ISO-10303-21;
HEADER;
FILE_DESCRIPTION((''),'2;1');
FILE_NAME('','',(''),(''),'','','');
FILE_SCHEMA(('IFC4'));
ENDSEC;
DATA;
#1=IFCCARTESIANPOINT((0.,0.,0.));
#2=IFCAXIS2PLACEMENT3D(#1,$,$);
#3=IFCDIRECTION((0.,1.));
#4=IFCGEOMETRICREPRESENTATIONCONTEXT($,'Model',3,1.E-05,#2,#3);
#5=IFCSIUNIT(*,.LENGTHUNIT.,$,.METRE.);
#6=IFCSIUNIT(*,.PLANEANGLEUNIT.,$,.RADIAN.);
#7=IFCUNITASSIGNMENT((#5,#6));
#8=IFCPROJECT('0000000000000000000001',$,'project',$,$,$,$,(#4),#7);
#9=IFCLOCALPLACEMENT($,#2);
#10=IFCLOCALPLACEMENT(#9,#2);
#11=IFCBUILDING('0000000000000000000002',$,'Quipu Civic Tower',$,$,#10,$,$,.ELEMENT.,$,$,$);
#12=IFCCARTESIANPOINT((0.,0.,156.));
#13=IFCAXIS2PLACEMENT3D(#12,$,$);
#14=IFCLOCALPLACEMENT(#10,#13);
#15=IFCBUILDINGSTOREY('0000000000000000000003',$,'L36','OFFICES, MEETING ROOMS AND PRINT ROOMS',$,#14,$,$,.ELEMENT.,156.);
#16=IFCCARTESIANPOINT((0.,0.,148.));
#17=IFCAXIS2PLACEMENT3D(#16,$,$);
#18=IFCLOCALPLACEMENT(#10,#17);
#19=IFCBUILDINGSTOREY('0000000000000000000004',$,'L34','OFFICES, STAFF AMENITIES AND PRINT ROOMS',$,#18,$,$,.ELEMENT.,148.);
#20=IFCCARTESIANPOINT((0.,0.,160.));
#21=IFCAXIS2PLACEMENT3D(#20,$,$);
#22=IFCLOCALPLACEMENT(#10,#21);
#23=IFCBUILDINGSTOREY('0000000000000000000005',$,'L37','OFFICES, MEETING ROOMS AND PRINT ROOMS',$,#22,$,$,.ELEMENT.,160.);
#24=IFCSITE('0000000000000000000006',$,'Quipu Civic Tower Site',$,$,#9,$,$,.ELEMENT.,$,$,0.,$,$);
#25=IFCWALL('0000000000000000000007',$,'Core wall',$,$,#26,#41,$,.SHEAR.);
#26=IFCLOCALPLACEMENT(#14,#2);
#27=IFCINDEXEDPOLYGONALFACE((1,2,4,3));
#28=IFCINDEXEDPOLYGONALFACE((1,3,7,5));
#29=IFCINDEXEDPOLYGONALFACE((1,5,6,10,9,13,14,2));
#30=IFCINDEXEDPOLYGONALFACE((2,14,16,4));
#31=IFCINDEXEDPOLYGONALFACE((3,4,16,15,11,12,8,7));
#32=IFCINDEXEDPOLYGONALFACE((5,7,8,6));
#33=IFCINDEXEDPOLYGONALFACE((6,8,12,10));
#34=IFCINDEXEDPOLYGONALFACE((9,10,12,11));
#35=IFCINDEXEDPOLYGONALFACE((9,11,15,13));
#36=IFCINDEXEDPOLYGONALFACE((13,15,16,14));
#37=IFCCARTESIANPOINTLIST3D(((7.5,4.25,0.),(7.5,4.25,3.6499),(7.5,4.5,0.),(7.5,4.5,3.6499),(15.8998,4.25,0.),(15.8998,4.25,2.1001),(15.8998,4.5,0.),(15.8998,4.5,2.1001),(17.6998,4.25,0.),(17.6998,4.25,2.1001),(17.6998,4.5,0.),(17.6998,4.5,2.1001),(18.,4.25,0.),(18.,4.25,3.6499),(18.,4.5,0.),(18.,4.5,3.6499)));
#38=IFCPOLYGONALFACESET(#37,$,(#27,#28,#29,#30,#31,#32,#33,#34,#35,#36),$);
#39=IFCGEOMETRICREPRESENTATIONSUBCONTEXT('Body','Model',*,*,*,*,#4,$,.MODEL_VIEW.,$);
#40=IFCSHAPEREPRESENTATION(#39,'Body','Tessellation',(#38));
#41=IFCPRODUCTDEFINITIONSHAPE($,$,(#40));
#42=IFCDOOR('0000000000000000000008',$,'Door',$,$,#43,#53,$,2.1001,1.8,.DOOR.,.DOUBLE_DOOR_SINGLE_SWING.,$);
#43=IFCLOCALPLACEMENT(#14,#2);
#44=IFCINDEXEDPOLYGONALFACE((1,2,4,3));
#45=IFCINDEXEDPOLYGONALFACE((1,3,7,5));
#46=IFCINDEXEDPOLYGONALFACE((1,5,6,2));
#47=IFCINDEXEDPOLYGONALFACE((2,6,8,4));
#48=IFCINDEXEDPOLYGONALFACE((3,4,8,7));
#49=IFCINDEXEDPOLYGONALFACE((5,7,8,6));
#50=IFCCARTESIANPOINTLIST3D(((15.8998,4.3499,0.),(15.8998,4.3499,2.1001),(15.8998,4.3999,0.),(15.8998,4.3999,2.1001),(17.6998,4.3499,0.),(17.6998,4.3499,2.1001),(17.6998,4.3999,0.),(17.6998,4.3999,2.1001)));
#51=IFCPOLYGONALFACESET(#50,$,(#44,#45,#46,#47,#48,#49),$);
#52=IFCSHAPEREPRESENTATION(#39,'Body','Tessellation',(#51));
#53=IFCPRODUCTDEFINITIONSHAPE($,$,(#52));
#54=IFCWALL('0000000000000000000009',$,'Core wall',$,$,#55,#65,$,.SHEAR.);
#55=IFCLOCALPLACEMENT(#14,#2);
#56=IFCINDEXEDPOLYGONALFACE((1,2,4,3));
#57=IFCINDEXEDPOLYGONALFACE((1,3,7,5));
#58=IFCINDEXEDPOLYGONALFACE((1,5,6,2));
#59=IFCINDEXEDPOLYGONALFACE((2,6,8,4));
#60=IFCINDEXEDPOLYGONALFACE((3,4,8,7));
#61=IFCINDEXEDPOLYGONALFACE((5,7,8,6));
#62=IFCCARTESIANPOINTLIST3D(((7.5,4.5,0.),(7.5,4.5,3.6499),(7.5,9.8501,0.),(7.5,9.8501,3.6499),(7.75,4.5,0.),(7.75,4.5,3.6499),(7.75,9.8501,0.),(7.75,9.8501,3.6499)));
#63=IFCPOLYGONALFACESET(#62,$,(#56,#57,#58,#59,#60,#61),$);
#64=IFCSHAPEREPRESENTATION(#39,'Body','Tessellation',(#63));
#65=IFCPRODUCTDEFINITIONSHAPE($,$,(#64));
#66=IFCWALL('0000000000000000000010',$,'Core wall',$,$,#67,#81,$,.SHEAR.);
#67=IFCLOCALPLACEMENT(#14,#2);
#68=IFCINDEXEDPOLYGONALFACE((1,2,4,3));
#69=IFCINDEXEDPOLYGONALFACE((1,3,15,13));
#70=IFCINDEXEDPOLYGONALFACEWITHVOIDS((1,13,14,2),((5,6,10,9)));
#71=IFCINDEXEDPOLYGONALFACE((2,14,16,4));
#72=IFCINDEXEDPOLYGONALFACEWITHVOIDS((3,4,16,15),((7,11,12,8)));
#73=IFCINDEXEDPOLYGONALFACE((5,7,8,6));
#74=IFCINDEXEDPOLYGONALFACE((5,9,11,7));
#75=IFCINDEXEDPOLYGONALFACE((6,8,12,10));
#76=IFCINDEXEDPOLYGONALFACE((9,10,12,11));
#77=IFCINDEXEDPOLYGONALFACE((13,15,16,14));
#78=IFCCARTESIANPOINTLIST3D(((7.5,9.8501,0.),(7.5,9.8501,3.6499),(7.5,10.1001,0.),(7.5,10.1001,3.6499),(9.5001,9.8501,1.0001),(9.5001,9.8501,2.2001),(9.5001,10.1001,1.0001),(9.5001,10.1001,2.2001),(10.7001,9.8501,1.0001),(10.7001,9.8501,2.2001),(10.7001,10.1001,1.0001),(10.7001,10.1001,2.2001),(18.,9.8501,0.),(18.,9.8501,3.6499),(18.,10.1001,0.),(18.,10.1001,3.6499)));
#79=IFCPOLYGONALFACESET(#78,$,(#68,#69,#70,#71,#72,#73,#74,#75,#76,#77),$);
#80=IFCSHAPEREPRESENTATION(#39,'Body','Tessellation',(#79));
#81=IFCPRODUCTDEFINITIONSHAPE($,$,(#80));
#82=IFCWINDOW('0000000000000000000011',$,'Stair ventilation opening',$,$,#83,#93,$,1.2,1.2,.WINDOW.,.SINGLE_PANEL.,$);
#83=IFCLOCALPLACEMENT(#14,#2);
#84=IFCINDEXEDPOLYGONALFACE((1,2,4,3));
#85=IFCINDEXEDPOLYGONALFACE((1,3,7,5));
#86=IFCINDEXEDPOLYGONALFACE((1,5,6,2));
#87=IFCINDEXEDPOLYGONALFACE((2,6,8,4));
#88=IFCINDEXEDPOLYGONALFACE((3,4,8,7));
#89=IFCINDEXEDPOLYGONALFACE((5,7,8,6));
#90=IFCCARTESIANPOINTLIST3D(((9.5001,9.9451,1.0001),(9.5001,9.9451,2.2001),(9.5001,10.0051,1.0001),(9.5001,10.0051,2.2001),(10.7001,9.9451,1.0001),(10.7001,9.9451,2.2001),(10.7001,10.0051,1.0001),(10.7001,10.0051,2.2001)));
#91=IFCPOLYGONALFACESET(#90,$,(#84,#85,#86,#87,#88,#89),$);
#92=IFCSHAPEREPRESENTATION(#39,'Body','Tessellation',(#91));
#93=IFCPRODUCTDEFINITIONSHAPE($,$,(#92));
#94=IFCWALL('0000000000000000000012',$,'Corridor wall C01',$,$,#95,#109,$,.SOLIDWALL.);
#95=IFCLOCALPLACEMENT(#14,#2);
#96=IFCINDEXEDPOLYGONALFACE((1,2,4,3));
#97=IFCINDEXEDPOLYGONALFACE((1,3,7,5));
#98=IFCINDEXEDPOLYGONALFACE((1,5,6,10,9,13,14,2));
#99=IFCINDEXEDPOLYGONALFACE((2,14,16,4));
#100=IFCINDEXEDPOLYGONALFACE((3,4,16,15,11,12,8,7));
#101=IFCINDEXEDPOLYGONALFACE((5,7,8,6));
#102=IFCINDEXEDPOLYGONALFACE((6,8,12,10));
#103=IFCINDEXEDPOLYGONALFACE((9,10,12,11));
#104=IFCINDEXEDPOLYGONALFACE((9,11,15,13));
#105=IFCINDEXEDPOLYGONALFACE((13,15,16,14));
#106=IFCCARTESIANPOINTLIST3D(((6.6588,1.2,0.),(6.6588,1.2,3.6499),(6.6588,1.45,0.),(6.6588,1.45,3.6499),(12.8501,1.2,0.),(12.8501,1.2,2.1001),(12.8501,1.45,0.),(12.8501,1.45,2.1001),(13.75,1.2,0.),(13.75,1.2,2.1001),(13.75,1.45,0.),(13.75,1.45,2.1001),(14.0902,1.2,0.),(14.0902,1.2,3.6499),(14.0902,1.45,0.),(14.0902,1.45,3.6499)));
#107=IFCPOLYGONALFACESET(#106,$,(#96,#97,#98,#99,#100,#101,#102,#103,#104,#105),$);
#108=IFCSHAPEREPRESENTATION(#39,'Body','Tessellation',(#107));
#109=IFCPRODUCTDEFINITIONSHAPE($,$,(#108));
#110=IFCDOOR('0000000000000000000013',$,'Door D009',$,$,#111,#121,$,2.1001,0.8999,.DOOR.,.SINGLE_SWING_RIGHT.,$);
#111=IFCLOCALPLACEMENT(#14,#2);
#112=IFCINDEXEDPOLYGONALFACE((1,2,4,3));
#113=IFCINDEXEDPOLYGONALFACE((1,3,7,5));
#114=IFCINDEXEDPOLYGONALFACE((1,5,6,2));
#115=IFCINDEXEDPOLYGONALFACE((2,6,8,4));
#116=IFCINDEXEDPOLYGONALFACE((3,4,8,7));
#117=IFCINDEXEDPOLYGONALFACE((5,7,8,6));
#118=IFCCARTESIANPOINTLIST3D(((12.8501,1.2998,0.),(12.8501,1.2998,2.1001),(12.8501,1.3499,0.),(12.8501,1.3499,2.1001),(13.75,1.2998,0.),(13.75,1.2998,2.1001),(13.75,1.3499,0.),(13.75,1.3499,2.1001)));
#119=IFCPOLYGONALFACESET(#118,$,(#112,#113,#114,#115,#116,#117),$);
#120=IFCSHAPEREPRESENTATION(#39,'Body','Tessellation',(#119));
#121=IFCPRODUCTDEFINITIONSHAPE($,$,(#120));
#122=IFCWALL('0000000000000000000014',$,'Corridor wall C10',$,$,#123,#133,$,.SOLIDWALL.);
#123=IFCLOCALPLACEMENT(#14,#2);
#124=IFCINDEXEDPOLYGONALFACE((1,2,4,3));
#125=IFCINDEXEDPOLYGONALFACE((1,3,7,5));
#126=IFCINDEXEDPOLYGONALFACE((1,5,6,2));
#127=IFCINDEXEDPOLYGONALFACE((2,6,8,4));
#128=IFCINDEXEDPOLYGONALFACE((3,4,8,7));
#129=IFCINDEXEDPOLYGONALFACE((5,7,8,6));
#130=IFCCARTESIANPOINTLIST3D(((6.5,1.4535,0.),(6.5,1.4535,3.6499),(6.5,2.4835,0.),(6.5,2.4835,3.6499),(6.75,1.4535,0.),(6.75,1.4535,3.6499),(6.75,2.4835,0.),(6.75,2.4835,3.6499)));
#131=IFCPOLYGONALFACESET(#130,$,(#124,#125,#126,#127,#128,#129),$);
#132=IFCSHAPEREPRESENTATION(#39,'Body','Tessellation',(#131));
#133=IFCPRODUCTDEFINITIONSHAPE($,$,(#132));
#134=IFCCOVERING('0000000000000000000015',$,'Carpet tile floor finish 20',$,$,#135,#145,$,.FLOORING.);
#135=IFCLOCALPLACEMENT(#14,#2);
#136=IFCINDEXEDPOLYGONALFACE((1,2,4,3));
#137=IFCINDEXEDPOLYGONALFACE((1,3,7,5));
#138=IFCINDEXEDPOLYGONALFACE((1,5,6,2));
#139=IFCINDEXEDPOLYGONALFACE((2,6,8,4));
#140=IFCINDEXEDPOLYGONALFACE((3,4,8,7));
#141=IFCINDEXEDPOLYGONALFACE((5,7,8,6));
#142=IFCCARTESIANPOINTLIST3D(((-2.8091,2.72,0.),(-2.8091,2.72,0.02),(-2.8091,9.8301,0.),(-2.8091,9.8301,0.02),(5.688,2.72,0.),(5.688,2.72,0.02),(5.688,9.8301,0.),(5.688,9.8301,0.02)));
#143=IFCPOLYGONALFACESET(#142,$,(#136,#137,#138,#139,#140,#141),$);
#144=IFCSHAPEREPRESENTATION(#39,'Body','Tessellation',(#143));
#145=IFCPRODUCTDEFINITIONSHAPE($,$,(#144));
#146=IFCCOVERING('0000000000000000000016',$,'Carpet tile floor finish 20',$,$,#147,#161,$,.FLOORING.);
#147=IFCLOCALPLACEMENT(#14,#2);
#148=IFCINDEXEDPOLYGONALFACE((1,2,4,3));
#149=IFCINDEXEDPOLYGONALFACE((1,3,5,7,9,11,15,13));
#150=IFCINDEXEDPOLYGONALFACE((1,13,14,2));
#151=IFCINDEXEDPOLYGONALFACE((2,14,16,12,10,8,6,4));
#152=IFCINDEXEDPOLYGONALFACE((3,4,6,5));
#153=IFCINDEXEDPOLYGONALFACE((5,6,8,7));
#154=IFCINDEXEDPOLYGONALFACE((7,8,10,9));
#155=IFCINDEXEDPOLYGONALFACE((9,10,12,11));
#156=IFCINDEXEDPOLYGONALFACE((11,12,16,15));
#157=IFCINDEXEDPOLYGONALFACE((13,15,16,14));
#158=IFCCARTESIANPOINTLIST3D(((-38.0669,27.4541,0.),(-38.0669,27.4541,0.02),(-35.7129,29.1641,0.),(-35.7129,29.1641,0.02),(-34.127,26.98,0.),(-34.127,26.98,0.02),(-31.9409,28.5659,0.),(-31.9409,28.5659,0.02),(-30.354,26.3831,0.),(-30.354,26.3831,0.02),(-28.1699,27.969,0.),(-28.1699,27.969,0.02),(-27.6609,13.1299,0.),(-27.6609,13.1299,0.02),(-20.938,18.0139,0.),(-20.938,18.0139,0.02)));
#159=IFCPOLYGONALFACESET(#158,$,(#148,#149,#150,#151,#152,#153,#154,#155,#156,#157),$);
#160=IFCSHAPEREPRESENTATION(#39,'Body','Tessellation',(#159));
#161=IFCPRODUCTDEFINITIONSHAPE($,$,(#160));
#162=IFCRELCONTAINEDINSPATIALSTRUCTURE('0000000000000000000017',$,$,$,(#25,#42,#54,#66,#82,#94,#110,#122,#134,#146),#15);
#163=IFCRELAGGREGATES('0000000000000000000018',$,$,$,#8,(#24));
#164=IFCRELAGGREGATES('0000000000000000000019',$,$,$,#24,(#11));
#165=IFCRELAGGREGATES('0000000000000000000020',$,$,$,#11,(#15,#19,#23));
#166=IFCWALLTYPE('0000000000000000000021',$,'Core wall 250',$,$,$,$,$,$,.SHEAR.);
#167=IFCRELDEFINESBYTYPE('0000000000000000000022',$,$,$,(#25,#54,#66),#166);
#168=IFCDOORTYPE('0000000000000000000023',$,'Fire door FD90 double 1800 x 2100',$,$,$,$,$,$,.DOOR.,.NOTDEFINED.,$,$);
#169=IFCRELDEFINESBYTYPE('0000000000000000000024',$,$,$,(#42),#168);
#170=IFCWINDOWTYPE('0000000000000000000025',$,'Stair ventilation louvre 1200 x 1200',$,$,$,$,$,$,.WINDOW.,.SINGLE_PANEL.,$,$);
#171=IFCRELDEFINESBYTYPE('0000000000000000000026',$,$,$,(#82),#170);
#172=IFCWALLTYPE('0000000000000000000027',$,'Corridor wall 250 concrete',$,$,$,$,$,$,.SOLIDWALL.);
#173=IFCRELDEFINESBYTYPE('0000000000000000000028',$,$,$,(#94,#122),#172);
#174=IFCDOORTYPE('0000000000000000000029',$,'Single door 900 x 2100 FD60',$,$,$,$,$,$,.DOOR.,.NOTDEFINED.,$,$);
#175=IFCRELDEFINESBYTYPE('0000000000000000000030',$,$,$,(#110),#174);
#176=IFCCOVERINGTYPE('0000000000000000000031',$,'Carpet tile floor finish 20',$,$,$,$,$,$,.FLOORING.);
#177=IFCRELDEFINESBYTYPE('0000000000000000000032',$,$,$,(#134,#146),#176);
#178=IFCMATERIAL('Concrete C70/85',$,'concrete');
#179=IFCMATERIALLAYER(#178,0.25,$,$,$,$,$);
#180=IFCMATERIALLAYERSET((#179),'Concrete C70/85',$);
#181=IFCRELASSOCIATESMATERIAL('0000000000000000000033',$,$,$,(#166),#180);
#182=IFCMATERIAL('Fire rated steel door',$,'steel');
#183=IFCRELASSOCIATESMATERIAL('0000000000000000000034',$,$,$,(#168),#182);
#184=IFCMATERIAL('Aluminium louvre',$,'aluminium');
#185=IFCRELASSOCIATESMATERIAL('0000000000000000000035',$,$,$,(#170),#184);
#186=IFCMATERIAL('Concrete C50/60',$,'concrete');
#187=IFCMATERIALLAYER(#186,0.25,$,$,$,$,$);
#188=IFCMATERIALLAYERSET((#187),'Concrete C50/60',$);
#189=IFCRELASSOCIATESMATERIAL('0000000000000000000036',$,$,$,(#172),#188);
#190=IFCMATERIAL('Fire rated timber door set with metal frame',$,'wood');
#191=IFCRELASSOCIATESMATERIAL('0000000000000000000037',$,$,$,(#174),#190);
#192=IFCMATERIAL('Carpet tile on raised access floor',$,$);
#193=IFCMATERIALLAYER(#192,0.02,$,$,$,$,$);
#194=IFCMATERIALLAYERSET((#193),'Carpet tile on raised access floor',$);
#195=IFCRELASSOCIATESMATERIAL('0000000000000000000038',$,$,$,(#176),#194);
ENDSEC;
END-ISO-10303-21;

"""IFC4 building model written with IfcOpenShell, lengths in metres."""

from ifc_helpers import new_model, si_unit, direction, frame, frame_2d, origin, place, context, subcontext, project, spatial, polyline, rectangle, outline, extrude, material, layer, layer_set, type_object, element, fill, save


model = new_model("IFC4")

# Units and contexts
model_context = context("Model", 3, precision=1e-05, world=origin(), true_north=direction((0.0, 1.0)))
body_context = subcontext(model_context, "Body", "Model", "MODEL_VIEW")
ifc_project = project(units=[si_unit("LENGTHUNIT", "METRE"), si_unit("PLANEANGLEUNIT", "RADIAN")], contexts=[model_context])

# Site, building, storey
site_placement = place(None, origin())
site = spatial("IfcSite", under=ifc_project, at=site_placement, Name="Quipu Civic Tower Site", CompositionType="ELEMENT", RefElevation=0.0)
building_placement = place(site_placement, origin())
building = spatial("IfcBuilding", under=site, at=building_placement, Name="Quipu Civic Tower", CompositionType="ELEMENT")
storey_1_placement = place(building_placement, frame((0.0, 0.0, 156.0)))
storey_1 = spatial("IfcBuildingStorey", under=building, at=storey_1_placement, Name="L36", Description="OFFICES, MEETING ROOMS AND PRINT ROOMS", CompositionType="ELEMENT", Elevation=156.0)

# Shared definitions
storey_2_placement = place(building_placement, frame((0.0, 0.0, 148.0)))
storey_2 = spatial("IfcBuildingStorey", under=building, at=storey_2_placement, Name="L34", Description="OFFICES, STAFF AMENITIES AND PRINT ROOMS", CompositionType="ELEMENT", Elevation=148.0)

# Shared definitions
storey_3_placement = place(building_placement, frame((0.0, 0.0, 160.0)))
storey_3 = spatial("IfcBuildingStorey", under=building, at=storey_3_placement, Name="L37", Description="OFFICES, MEETING ROOMS AND PRINT ROOMS", CompositionType="ELEMENT", Elevation=160.0)

# Wall, opening, door
ifc_material_1 = material(Name="Concrete C70/85", Category="concrete")
ifc_layer_1 = layer(ifc_material_1, 0.25)
ifc_layer_set_1 = layer_set([ifc_layer_1], Name="Concrete C70/85")
wall_type_1 = type_object("IfcWallType", Name="Core wall 250", PredefinedType="SHEAR", material=ifc_layer_set_1)
wall_1_placement = place(storey_1_placement, frame((7.5, 4.375, 0.0), z_axis=(0.0, 0.0, 1.0), x_axis=(1.0, 0.0, 0.0)))
wall_1 = element("IfcWall", 1, at=wall_1_placement, inside=storey_1, type_object=wall_type_1, Name="Core wall", PredefinedType="SHEAR", context=body_context, shape_type="SweptSolid", body=[
    extrude(rectangle(XDim=10.5, YDim=0.25, at=frame_2d((5.25, 0.0))), origin(), (0.0, 0.0, 1.0), 3.6499),
])
opening_1_placement = place(wall_1_placement, frame((8.3999, 0.0, 0.0)))
opening_1 = element("IfcOpeningElement", 2, at=opening_1_placement, cuts=wall_1, PredefinedType="OPENING", context=body_context, shape_type="SweptSolid", body=[
    extrude(rectangle(XDim=1.8, YDim=2.1001, at=frame_2d((0.8999, 1.05))), frame((0.0, 0.135, 0.0), z_axis=(0.0, -1.0, 0.0), x_axis=(1.0, 0.0, 0.0)), (0.0, 0.0, 1.0), 0.27),
])
ifc_material_2 = material(Name="Fire rated steel door", Category="steel")
door_type_1 = type_object("IfcDoorType", Name="Fire door FD90 double 1800 x 2100", OperationType="NOTDEFINED", PredefinedType="DOOR", material=ifc_material_2)
door_1_placement = place(opening_1_placement, origin())
door_1 = element("IfcDoor", 3, at=door_1_placement, inside=storey_1, type_object=door_type_1, Name="Door", OperationType="DOUBLE_DOOR_SINGLE_SWING", OverallHeight=2.1001, OverallWidth=1.8, PredefinedType="DOOR", context=body_context, shape_type="SweptSolid", body=[
    extrude(rectangle(XDim=1.8, YDim=2.1001, at=frame_2d((0.8999, 1.05))), frame((0.0, 0.0249, 0.0), z_axis=(0.0, -1.0, 0.0), x_axis=(1.0, 0.0, 0.0)), (0.0, 0.0, 1.0), 0.05),
])
fill(opening_1, door_1)

# Wall
wall_2_placement = place(storey_1_placement, frame((7.625, 4.5, 0.0), z_axis=(0.0, 0.0, 1.0), x_axis=(0.0, 1.0, 0.0)))
element("IfcWall", 4, at=wall_2_placement, inside=storey_1, type_object=wall_type_1, Name="Core wall", PredefinedType="SHEAR", context=body_context, shape_type="SweptSolid", body=[
    extrude(rectangle(XDim=5.3501, YDim=0.25, at=frame_2d((2.675, 0.0))), origin(), (0.0, 0.0, 1.0), 3.6499),
])

# Wall, opening, window
wall_3_placement = place(storey_1_placement, frame((7.5, 9.9751, 0.0), z_axis=(0.0, 0.0, 1.0), x_axis=(1.0, 0.0, 0.0)))
wall_3 = element("IfcWall", 5, at=wall_3_placement, inside=storey_1, type_object=wall_type_1, Name="Core wall", PredefinedType="SHEAR", context=body_context, shape_type="SweptSolid", body=[
    extrude(rectangle(XDim=10.5, YDim=0.25, at=frame_2d((5.25, 0.0))), origin(), (0.0, 0.0, 1.0), 3.6499),
])
opening_2_placement = place(wall_3_placement, frame((2.0, 0.0, 1.0)))
opening_2 = element("IfcOpeningElement", 6, at=opening_2_placement, cuts=wall_3, PredefinedType="OPENING", context=body_context, shape_type="SweptSolid", body=[
    extrude(rectangle(XDim=1.2, YDim=1.2, at=frame_2d((0.6001, 0.6001))), frame((0.0, 0.135, 0.0), z_axis=(0.0, -1.0, 0.0), x_axis=(1.0, 0.0, 0.0)), (0.0, 0.0, 1.0), 0.27),
])
ifc_material_3 = material(Name="Aluminium louvre", Category="aluminium")
window_type = type_object("IfcWindowType", Name="Stair ventilation louvre 1200 x 1200", PartitioningType="SINGLE_PANEL", PredefinedType="WINDOW", material=ifc_material_3)
window_placement = place(opening_2_placement, origin())
window = element("IfcWindow", 7, at=window_placement, inside=storey_1, type_object=window_type, Name="Stair ventilation opening", OverallHeight=1.2, OverallWidth=1.2, PartitioningType="SINGLE_PANEL", PredefinedType="WINDOW", context=body_context, shape_type="SweptSolid", body=[
    extrude(rectangle(XDim=1.2, YDim=1.2, at=frame_2d((0.6001, 0.6001))), frame((0.0, 0.03, 0.0), z_axis=(0.0, -1.0, 0.0), x_axis=(1.0, 0.0, 0.0)), (0.0, 0.0, 1.0), 0.0601),
])
fill(opening_2, window)

# Wall, opening, door
ifc_material_4 = material(Name="Concrete C50/60", Category="concrete")
ifc_layer_2 = layer(ifc_material_4, 0.25)
ifc_layer_set_2 = layer_set([ifc_layer_2], Name="Concrete C50/60")
wall_type_2 = type_object("IfcWallType", Name="Corridor wall 250 concrete", PredefinedType="SOLIDWALL", material=ifc_layer_set_2)
wall_4_placement = place(storey_1_placement, frame((6.6587, 1.325, 0.0), z_axis=(0.0, 0.0, 1.0), x_axis=(1.0, 0.0, 0.0)))
wall_4 = element("IfcWall", 8, at=wall_4_placement, inside=storey_1, type_object=wall_type_2, Name="Corridor wall C01", PredefinedType="SOLIDWALL", context=body_context, shape_type="SweptSolid", body=[
    extrude(rectangle(XDim=7.4314, YDim=0.25, at=frame_2d((3.7158, 0.0))), origin(), (0.0, 0.0, 1.0), 3.6499),
])
opening_3_placement = place(wall_4_placement, frame((6.1914, 0.0, 0.0)))
opening_3 = element("IfcOpeningElement", 9, at=opening_3_placement, cuts=wall_4, PredefinedType="OPENING", context=body_context, shape_type="SweptSolid", body=[
    extrude(rectangle(XDim=0.8999, YDim=2.1001, at=frame_2d((0.45, 1.05))), frame((0.0, 0.135, 0.0), z_axis=(0.0, -1.0, 0.0), x_axis=(1.0, 0.0, 0.0)), (0.0, 0.0, 1.0), 0.27),
])
ifc_material_5 = material(Name="Fire rated timber door set with metal frame", Category="wood")
door_type_2 = type_object("IfcDoorType", Name="Single door 900 x 2100 FD60", OperationType="NOTDEFINED", PredefinedType="DOOR", material=ifc_material_5)
door_2_placement = place(opening_3_placement, origin())
door_2 = element("IfcDoor", 10, at=door_2_placement, inside=storey_1, type_object=door_type_2, Name="Door D009", OperationType="SINGLE_SWING_RIGHT", OverallHeight=2.1001, OverallWidth=0.8999, PredefinedType="DOOR", context=body_context, shape_type="SweptSolid", body=[
    extrude(rectangle(XDim=0.8999, YDim=2.1001, at=frame_2d((0.45, 1.05))), frame((0.0, 0.0249, 0.0), z_axis=(0.0, -1.0, 0.0), x_axis=(1.0, 0.0, 0.0)), (0.0, 0.0, 1.0), 0.05),
])
fill(opening_3, door_2)

# Wall
wall_5_placement = place(storey_1_placement, frame((6.625, 2.4836, 0.0), z_axis=(0.0, 0.0, 1.0), x_axis=(0.0, -1.0, 0.0)))
element("IfcWall", 11, at=wall_5_placement, inside=storey_1, type_object=wall_type_2, Name="Corridor wall C10", PredefinedType="SOLIDWALL", context=body_context, shape_type="SweptSolid", body=[
    extrude(rectangle(XDim=1.03, YDim=0.25, at=frame_2d((0.5151, 0.0))), origin(), (0.0, 0.0, 1.0), 3.6499),
])

# Coverings
ifc_material_6 = material(Name="Carpet tile on raised access floor")
ifc_layer_3 = layer(ifc_material_6, 0.02)
ifc_layer_set_3 = layer_set([ifc_layer_3], Name="Carpet tile on raised access floor")
covering_type_1 = type_object("IfcCoveringType", Name="Carpet tile floor finish 20", PredefinedType="FLOORING", material=ifc_layer_set_3)
covering_1_placement = place(storey_1_placement, origin())
element("IfcCovering", 12, at=covering_1_placement, inside=storey_1, type_object=covering_type_1, Name="Carpet tile floor finish 20", PredefinedType="FLOORING", context=body_context, shape_type="SweptSolid", body=[
    extrude(outline(polyline([(-2.8091, 9.8301), (5.688, 9.8301), (5.688, 2.72), (-2.8091, 2.72), (-2.8091, 9.8301)])), origin(), (0.0, 0.0, 1.0), 0.02),
])
covering_2_placement = place(storey_1_placement, origin())
element("IfcCovering", 13, at=covering_2_placement, inside=storey_1, type_object=covering_type_1, Name="Carpet tile floor finish 20", PredefinedType="FLOORING", context=body_context, shape_type="SweptSolid", body=[
    extrude(outline(polyline([(-38.0669, 27.4541), (-35.7129, 29.1641), (-34.127, 26.98), (-31.9409, 28.5659), (-30.354, 26.3831), (-28.1699, 27.969), (-20.938, 18.0139), (-27.6609, 13.1299), (-38.0669, 27.4541)])), origin(), (0.0, 0.0, 1.0), 0.02),
])

save(model, "model.ifc")
